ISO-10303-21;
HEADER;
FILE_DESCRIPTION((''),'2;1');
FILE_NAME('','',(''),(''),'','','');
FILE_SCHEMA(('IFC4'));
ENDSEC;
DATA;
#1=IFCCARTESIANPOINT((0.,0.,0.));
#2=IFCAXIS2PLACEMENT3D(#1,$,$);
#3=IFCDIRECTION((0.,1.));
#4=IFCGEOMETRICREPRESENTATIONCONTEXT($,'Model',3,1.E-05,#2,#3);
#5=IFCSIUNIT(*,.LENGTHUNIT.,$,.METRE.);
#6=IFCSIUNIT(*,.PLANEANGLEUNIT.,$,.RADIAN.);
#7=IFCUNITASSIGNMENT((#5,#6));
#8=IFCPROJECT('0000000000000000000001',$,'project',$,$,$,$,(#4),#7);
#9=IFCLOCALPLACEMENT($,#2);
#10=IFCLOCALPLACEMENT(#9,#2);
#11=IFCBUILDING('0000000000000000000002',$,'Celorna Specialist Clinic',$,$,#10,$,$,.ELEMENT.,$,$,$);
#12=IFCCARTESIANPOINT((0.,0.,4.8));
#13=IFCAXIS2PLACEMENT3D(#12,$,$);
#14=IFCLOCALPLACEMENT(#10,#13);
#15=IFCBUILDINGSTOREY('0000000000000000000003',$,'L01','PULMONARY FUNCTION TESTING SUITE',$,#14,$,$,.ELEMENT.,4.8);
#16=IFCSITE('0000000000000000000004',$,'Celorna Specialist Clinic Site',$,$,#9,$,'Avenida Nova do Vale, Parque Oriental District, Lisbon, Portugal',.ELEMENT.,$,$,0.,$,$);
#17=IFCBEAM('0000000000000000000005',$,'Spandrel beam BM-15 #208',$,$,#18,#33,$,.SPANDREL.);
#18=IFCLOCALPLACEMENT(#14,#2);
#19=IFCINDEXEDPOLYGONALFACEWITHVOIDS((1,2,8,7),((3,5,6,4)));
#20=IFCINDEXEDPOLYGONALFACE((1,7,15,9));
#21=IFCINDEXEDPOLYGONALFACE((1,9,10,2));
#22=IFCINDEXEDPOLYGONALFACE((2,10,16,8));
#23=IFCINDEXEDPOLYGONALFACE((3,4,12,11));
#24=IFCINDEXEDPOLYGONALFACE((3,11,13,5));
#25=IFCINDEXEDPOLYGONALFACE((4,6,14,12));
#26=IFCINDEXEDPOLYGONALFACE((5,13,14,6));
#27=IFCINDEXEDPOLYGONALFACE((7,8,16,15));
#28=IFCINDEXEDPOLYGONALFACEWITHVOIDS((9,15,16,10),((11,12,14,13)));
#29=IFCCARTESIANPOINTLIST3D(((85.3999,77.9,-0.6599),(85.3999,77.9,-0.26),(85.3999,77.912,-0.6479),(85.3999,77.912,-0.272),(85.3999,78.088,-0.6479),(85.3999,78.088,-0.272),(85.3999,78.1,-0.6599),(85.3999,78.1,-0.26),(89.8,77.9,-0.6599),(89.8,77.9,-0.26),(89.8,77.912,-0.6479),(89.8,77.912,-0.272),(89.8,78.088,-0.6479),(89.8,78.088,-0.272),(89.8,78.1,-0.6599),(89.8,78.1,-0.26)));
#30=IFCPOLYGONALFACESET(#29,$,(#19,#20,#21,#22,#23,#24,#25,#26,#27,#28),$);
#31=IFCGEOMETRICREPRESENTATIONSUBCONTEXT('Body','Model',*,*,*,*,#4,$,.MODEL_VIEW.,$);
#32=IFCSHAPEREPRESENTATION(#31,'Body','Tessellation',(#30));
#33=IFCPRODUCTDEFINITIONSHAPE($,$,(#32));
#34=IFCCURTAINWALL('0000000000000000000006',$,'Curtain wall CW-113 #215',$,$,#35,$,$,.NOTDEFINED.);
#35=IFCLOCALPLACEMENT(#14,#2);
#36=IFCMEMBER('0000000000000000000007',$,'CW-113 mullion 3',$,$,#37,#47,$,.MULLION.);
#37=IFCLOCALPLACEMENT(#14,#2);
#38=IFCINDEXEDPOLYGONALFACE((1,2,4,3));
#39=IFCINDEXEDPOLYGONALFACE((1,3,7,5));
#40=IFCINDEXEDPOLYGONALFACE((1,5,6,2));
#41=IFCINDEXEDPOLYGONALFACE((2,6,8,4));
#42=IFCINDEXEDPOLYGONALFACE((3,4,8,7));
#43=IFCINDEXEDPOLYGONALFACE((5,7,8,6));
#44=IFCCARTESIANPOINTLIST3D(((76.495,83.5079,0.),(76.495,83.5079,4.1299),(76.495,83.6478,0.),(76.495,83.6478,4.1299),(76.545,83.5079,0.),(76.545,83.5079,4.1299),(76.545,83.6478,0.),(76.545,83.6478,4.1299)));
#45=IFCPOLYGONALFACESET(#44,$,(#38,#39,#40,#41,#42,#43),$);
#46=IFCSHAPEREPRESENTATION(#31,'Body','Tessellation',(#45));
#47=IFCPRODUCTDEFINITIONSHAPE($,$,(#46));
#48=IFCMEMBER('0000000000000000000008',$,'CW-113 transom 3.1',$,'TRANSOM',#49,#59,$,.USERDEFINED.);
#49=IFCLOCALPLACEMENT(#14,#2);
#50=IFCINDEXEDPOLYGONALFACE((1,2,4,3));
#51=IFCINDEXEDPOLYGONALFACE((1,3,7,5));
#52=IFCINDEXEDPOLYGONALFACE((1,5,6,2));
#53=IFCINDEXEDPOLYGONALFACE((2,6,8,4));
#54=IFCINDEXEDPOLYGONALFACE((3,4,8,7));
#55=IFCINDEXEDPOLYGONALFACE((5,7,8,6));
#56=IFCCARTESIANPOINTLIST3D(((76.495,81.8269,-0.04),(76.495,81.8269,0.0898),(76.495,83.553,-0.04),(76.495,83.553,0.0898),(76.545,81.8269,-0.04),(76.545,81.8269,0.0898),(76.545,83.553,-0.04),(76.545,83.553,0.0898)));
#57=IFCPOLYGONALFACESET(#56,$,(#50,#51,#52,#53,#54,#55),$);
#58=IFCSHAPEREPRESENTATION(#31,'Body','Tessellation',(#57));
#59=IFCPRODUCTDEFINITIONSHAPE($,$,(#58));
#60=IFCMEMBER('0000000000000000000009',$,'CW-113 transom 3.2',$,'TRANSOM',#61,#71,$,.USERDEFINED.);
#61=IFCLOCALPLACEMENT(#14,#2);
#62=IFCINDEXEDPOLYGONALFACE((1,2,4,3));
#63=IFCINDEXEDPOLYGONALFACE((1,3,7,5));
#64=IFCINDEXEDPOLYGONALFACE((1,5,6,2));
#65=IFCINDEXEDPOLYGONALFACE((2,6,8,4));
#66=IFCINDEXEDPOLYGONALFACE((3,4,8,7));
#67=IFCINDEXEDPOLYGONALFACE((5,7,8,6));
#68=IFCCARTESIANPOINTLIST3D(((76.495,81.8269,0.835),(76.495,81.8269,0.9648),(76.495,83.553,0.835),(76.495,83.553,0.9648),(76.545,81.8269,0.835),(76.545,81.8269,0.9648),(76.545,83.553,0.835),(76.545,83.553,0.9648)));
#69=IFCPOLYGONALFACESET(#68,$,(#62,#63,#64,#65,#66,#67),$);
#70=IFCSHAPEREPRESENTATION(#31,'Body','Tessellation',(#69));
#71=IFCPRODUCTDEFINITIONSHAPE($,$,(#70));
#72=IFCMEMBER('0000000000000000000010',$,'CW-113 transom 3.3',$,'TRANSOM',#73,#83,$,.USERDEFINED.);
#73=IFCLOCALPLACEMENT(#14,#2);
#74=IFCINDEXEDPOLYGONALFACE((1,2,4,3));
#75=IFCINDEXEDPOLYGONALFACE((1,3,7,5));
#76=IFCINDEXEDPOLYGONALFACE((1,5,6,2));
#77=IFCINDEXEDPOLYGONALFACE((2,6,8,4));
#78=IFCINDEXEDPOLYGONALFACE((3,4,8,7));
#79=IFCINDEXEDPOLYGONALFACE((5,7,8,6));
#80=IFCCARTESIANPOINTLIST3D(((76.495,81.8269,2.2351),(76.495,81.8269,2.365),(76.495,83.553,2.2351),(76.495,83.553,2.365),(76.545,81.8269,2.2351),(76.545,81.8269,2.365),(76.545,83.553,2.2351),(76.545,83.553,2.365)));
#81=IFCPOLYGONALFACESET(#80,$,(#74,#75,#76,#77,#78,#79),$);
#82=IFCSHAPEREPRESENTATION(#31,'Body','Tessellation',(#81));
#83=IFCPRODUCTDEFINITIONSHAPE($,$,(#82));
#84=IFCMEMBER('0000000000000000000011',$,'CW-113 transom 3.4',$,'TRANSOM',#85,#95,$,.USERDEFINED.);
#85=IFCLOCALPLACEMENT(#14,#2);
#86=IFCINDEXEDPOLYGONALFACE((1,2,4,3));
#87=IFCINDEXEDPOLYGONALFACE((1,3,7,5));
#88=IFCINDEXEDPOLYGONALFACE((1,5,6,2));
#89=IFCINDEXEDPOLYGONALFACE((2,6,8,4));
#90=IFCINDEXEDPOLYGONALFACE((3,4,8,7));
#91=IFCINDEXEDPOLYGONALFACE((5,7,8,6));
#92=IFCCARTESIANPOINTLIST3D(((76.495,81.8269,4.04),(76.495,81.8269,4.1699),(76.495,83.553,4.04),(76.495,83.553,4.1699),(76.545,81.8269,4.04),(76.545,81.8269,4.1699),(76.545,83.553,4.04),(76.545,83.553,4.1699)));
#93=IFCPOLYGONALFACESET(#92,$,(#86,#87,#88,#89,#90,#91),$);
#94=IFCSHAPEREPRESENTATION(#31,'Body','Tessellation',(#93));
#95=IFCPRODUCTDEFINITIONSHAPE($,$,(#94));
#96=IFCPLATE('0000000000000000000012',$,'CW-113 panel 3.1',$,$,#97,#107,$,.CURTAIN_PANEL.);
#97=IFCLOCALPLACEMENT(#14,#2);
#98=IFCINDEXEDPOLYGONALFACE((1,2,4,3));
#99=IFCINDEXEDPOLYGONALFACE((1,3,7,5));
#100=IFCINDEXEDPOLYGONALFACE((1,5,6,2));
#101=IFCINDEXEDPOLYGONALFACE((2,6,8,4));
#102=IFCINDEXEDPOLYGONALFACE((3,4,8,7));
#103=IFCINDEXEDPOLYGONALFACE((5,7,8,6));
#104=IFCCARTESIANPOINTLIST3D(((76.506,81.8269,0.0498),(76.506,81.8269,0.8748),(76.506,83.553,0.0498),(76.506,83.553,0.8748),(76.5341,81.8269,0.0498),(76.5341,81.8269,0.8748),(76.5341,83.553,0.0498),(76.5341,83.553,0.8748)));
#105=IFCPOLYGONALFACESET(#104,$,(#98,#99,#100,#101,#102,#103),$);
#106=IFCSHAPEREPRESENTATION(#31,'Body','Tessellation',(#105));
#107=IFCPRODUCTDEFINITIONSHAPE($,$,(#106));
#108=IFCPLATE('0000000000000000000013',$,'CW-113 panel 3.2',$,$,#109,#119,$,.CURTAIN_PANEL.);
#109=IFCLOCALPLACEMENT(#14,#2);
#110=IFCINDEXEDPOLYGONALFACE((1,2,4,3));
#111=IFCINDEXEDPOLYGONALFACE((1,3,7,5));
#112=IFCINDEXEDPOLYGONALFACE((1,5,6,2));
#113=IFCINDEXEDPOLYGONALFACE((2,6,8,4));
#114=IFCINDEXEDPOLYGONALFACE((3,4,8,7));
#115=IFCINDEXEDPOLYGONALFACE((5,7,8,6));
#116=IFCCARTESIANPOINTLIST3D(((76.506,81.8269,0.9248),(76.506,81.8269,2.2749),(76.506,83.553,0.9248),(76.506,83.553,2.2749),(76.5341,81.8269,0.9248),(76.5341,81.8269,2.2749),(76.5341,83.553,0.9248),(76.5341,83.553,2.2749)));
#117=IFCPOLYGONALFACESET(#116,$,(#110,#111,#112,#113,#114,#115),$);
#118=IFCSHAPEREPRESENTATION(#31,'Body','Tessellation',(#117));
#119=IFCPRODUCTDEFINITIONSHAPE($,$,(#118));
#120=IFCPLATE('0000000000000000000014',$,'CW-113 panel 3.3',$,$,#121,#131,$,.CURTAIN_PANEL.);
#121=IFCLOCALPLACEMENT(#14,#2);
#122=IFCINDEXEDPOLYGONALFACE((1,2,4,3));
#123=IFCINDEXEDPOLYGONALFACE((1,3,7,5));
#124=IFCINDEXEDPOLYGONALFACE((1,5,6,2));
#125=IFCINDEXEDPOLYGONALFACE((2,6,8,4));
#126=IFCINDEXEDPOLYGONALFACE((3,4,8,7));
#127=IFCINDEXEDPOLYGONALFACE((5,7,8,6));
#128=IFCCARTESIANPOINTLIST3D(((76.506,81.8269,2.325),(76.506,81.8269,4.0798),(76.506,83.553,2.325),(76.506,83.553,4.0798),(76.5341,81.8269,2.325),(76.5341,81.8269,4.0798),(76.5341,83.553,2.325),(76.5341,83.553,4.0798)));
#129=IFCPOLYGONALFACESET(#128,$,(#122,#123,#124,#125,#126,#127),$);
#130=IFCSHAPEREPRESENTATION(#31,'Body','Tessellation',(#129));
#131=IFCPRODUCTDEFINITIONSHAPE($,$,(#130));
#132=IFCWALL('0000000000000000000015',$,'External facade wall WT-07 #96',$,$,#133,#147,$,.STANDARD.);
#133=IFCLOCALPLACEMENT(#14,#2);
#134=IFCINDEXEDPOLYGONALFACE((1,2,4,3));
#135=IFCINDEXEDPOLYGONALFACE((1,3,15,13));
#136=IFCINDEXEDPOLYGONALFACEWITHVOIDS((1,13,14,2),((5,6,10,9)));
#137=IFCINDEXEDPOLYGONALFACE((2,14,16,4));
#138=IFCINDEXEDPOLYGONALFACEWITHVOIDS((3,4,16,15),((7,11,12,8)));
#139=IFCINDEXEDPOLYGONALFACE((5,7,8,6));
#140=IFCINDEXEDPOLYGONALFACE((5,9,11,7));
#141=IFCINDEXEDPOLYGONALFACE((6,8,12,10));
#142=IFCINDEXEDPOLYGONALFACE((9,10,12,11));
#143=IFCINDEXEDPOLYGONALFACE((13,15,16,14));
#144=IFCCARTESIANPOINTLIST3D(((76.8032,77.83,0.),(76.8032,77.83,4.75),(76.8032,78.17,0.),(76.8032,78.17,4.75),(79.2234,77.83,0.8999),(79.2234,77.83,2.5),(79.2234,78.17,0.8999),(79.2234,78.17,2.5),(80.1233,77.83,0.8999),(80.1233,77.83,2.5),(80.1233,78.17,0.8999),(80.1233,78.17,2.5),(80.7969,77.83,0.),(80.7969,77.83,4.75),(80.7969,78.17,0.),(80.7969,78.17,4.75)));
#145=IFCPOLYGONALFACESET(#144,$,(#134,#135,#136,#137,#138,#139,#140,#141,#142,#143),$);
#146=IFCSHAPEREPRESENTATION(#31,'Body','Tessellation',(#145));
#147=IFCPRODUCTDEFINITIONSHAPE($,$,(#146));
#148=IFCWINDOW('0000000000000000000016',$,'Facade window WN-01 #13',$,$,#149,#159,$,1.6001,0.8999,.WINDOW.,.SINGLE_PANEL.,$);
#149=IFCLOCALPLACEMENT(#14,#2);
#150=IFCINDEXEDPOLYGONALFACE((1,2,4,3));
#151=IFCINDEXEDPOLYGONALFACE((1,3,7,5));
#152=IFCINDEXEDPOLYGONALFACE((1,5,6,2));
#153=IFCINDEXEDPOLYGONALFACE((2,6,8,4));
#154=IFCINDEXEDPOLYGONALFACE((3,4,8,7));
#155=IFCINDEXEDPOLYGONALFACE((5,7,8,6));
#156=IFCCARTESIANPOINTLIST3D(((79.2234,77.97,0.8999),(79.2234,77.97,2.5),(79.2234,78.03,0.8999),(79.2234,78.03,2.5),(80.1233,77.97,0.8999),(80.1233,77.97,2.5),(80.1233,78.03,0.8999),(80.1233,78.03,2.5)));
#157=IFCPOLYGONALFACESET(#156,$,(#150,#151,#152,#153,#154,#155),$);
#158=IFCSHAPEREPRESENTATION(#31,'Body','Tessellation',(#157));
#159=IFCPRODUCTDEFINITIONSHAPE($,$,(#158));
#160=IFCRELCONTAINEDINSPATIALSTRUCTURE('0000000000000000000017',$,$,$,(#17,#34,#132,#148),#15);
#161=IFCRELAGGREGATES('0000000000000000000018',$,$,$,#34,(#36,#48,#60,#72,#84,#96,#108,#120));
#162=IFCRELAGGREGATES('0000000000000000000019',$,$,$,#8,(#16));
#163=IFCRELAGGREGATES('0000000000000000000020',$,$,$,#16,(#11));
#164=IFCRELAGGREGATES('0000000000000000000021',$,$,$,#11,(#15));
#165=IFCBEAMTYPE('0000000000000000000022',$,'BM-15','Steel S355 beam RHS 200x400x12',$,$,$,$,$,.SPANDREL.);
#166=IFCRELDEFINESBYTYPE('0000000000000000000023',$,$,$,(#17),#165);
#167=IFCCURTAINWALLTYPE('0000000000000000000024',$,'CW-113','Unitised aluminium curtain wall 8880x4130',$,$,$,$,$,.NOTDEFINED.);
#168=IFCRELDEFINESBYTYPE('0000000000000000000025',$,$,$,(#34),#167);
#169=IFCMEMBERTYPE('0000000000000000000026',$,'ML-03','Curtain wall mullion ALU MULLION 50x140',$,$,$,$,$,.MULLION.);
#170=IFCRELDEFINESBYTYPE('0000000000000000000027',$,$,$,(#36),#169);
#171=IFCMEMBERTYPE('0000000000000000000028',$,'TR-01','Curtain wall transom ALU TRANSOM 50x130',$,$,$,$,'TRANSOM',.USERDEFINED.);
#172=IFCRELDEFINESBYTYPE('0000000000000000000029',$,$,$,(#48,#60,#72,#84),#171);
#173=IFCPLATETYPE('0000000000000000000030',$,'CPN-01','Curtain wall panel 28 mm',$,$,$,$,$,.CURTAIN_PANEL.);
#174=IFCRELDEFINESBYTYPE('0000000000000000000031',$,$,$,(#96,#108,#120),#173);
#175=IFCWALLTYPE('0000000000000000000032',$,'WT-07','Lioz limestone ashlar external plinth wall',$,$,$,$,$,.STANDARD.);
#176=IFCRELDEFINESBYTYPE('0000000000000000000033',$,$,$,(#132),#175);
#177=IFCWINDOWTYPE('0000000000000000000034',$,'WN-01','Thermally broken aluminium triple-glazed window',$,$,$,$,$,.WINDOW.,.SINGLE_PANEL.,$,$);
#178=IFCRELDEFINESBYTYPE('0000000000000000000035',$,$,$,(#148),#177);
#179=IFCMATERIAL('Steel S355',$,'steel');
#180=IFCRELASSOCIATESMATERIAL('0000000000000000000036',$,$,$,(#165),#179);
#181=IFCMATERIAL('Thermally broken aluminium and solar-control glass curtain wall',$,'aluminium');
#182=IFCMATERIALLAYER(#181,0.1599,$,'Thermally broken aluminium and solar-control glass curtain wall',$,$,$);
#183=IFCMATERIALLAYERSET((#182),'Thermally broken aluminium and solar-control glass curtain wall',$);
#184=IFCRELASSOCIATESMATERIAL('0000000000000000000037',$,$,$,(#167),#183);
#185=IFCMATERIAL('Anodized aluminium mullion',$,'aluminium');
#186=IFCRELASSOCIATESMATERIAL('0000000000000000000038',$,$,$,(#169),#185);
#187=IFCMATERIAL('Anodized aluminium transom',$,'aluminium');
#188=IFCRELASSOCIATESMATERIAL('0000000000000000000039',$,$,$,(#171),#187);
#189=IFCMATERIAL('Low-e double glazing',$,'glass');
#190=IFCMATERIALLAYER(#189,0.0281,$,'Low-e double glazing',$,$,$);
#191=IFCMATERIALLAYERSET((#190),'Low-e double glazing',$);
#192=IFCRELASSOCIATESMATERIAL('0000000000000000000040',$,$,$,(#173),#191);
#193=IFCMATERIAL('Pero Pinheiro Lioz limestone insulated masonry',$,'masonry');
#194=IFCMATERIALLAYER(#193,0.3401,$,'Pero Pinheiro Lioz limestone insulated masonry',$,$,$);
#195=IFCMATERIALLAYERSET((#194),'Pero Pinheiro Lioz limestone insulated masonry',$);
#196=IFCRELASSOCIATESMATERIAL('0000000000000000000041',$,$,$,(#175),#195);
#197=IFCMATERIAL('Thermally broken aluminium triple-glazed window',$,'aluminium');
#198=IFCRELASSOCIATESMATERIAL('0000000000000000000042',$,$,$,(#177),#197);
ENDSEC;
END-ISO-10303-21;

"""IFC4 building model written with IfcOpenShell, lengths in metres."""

from ifc_helpers import new_model, si_unit, direction, frame, frame_2d, origin, origin_2d, place, context, subcontext, project, spatial, rectangle, hollow_rectangle, extrude, material, layer, layer_set, material_profile, profile_set, type_object, element, fill, aggregate, save


model = new_model("IFC4")

# Units and contexts
model_context = context("Model", 3, precision=1e-05, world=origin(), true_north=direction((0.0, 1.0)))
body_context = subcontext(model_context, "Body", "Model", "MODEL_VIEW")
ifc_project = project(units=[si_unit("LENGTHUNIT", "METRE"), si_unit("PLANEANGLEUNIT", "RADIAN")], contexts=[model_context])

# Site, building, storey
site_placement = place(None, origin())
site = spatial("IfcSite", under=ifc_project, at=site_placement, Name="Celorna Specialist Clinic Site", LongName="Avenida Nova do Vale, Parque Oriental District, Lisbon, Portugal", CompositionType="ELEMENT", RefElevation=0.0)
building_placement = place(site_placement, origin())
building = spatial("IfcBuilding", under=site, at=building_placement, Name="Celorna Specialist Clinic", CompositionType="ELEMENT")
storey_placement = place(building_placement, frame((0.0, 0.0, 4.8)))
storey = spatial("IfcBuildingStorey", under=building, at=storey_placement, Name="L01", Description="PULMONARY FUNCTION TESTING SUITE", CompositionType="ELEMENT", Elevation=4.8)

# Shared definitions
ifc_material_1 = material(Name="Steel S355", Category="steel")

# Beam
ifc_material_profile_1 = material_profile(ifc_material_1, hollow_rectangle(XDim=0.2, YDim=0.3999, WallThickness=0.012, at=origin_2d()), Name="RHS 200x400x12")
ifc_profile_set_1 = profile_set([ifc_material_profile_1], Name="Steel S355")
beam_type = type_object("IfcBeamType", Name="BM-15", Description="Steel S355 beam RHS 200x400x12", PredefinedType="SPANDREL", material=ifc_profile_set_1)
beam_placement = place(storey_placement, frame((85.3999, 78.0, -0.46), z_axis=(1.0, 0.0, 0.0), x_axis=(0.0, 1.0, 0.0)))
element("IfcBeam", 1, at=beam_placement, inside=storey, type_object=beam_type, Name="Spandrel beam BM-15 #208", PredefinedType="SPANDREL", context=body_context, shape_type="SweptSolid", body=[
    extrude(hollow_rectangle(XDim=0.2, YDim=0.3999, WallThickness=0.012, at=origin_2d()), origin(), (0.0, 0.0, 1.0), 4.4001),
])

# Curtain wall, members, plates
ifc_material_2 = material(Name="Thermally broken aluminium and solar-control glass curtain wall", Category="aluminium")
ifc_layer_1 = layer(ifc_material_2, 0.1599, Name="Thermally broken aluminium and solar-control glass curtain wall")
ifc_layer_set_1 = layer_set([ifc_layer_1], Name="Thermally broken aluminium and solar-control glass curtain wall")
curtain_wall_type = type_object("IfcCurtainWallType", Name="CW-113", Description="Unitised aluminium curtain wall 8880x4130", PredefinedType="NOTDEFINED", material=ifc_layer_set_1)
curtain_wall_placement = place(storey_placement, origin())
curtain_wall = element("IfcCurtainWall", 2, at=curtain_wall_placement, inside=storey, type_object=curtain_wall_type, Name="Curtain wall CW-113 #215", PredefinedType="NOTDEFINED")
ifc_material_3 = material(Name="Anodized aluminium mullion", Category="aluminium")
ifc_material_profile_2 = material_profile(ifc_material_3, rectangle(XDim=0.05, YDim=0.1399, at=origin_2d()), Name="ALU MULLION 50x140")
ifc_profile_set_2 = profile_set([ifc_material_profile_2], Name="Anodized aluminium mullion")
member_type_1 = type_object("IfcMemberType", Name="ML-03", Description="Curtain wall mullion ALU MULLION 50x140", PredefinedType="MULLION", material=ifc_profile_set_2)
member_1_placement = place(storey_placement, frame((76.52, 83.5779, 0.0), z_axis=(0.0, 0.0, 1.0), x_axis=(1.0, 0.0, 0.0)))
member_1 = element("IfcMember", 3, at=member_1_placement, type_object=member_type_1, Name="CW-113 mullion 3", PredefinedType="MULLION", context=body_context, shape_type="SweptSolid", body=[
    extrude(rectangle(XDim=0.05, YDim=0.1399, at=origin_2d()), origin(), (0.0, 0.0, 1.0), 4.1299),
])
ifc_material_4 = material(Name="Anodized aluminium transom", Category="aluminium")
ifc_material_profile_3 = material_profile(ifc_material_4, rectangle(XDim=0.05, YDim=0.1299, at=origin_2d()), Name="ALU TRANSOM 50x130")
ifc_profile_set_3 = profile_set([ifc_material_profile_3], Name="Anodized aluminium transom")
member_type_2 = type_object("IfcMemberType", Name="TR-01", Description="Curtain wall transom ALU TRANSOM 50x130", ElementType="TRANSOM", PredefinedType="USERDEFINED", material=ifc_profile_set_3)
member_2_placement = place(storey_placement, frame((76.52, 83.553, 0.0249), z_axis=(0.0, -1.0, 0.0), x_axis=(1.0, 0.0, 0.0)))
member_2 = element("IfcMember", 4, at=member_2_placement, type_object=member_type_2, Name="CW-113 transom 3.1", ObjectType="TRANSOM", PredefinedType="USERDEFINED", context=body_context, shape_type="SweptSolid", body=[
    extrude(rectangle(XDim=0.05, YDim=0.1299, at=origin_2d()), origin(), (0.0, 0.0, 1.0), 1.7261),
])
member_3_placement = place(storey_placement, frame((76.52, 83.553, 0.8999), z_axis=(0.0, -1.0, 0.0), x_axis=(1.0, 0.0, 0.0)))
member_3 = element("IfcMember", 5, at=member_3_placement, type_object=member_type_2, Name="CW-113 transom 3.2", ObjectType="TRANSOM", PredefinedType="USERDEFINED", context=body_context, shape_type="SweptSolid", body=[
    extrude(rectangle(XDim=0.05, YDim=0.1299, at=origin_2d()), origin(), (0.0, 0.0, 1.0), 1.7261),
])
member_4_placement = place(storey_placement, frame((76.52, 83.553, 2.3), z_axis=(0.0, -1.0, 0.0), x_axis=(1.0, 0.0, 0.0)))
member_4 = element("IfcMember", 6, at=member_4_placement, type_object=member_type_2, Name="CW-113 transom 3.3", ObjectType="TRANSOM", PredefinedType="USERDEFINED", context=body_context, shape_type="SweptSolid", body=[
    extrude(rectangle(XDim=0.05, YDim=0.1299, at=origin_2d()), origin(), (0.0, 0.0, 1.0), 1.7261),
])
member_5_placement = place(storey_placement, frame((76.52, 83.553, 4.105), z_axis=(0.0, -1.0, 0.0), x_axis=(1.0, 0.0, 0.0)))
member_5 = element("IfcMember", 7, at=member_5_placement, type_object=member_type_2, Name="CW-113 transom 3.4", ObjectType="TRANSOM", PredefinedType="USERDEFINED", context=body_context, shape_type="SweptSolid", body=[
    extrude(rectangle(XDim=0.05, YDim=0.1299, at=origin_2d()), origin(), (0.0, 0.0, 1.0), 1.7261),
])
ifc_material_5 = material(Name="Low-e double glazing", Category="glass")
ifc_layer_2 = layer(ifc_material_5, 0.0281, Name="Low-e double glazing")
ifc_layer_set_2 = layer_set([ifc_layer_2], Name="Low-e double glazing")
plate_type = type_object("IfcPlateType", Name="CPN-01", Description="Curtain wall panel 28 mm", PredefinedType="CURTAIN_PANEL", material=ifc_layer_set_2)
plate_1_placement = place(storey_placement, frame((76.52, 82.6899, 0.0498), z_axis=(0.0, 0.0, 1.0), x_axis=(0.0, -1.0, 0.0)))
plate_1 = element("IfcPlate", 8, at=plate_1_placement, type_object=plate_type, Name="CW-113 panel 3.1", PredefinedType="CURTAIN_PANEL", context=body_context, shape_type="SweptSolid", body=[
    extrude(rectangle(XDim=1.7261, YDim=0.0281, at=origin_2d()), origin(), (0.0, 0.0, 1.0), 0.825),
])
plate_2_placement = place(storey_placement, frame((76.52, 82.6899, 0.9248), z_axis=(0.0, 0.0, 1.0), x_axis=(0.0, -1.0, 0.0)))
plate_2 = element("IfcPlate", 9, at=plate_2_placement, type_object=plate_type, Name="CW-113 panel 3.2", PredefinedType="CURTAIN_PANEL", context=body_context, shape_type="SweptSolid", body=[
    extrude(rectangle(XDim=1.7261, YDim=0.0281, at=origin_2d()), origin(), (0.0, 0.0, 1.0), 1.3501),
])
plate_3_placement = place(storey_placement, frame((76.52, 82.6899, 2.325), z_axis=(0.0, 0.0, 1.0), x_axis=(0.0, -1.0, 0.0)))
plate_3 = element("IfcPlate", 10, at=plate_3_placement, type_object=plate_type, Name="CW-113 panel 3.3", PredefinedType="CURTAIN_PANEL", context=body_context, shape_type="SweptSolid", body=[
    extrude(rectangle(XDim=1.7261, YDim=0.0281, at=origin_2d()), origin(), (0.0, 0.0, 1.0), 1.7549),
])
aggregate(curtain_wall, [member_1, member_2, member_3, member_4, member_5, plate_1, plate_2, plate_3])

# Wall, opening, window
ifc_material_6 = material(Name="Pero Pinheiro Lioz limestone insulated masonry", Category="masonry")
ifc_layer_3 = layer(ifc_material_6, 0.3401, Name="Pero Pinheiro Lioz limestone insulated masonry")
ifc_layer_set_3 = layer_set([ifc_layer_3], Name="Pero Pinheiro Lioz limestone insulated masonry")
wall_type_1 = type_object("IfcWallType", Name="WT-07", Description="Lioz limestone ashlar external plinth wall", PredefinedType="STANDARD", material=ifc_layer_set_3)
wall_1_placement = place(storey_placement, frame((76.8032, 78.0, 0.0), z_axis=(0.0, 0.0, 1.0), x_axis=(1.0, 0.0, 0.0)))
wall_1 = element("IfcWall", 11, at=wall_1_placement, inside=storey, type_object=wall_type_1, Name="External facade wall WT-07 #96", PredefinedType="STANDARD", context=body_context, shape_type="SweptSolid", body=[
    extrude(rectangle(XDim=3.9937, YDim=0.3401, at=frame_2d((1.9968, 0.0))), origin(), (0.0, 0.0, 1.0), 4.75),
])
opening_1_placement = place(wall_1_placement, frame((2.4202, 0.0, 0.8999)))
opening_1 = element("IfcOpeningElement", 12, at=opening_1_placement, cuts=wall_1, PredefinedType="OPENING", context=body_context, shape_type="SweptSolid", body=[
    extrude(rectangle(XDim=0.8999, YDim=1.6001, at=frame_2d((0.45, 0.8))), frame((0.0, 0.1799, 0.0), z_axis=(0.0, -1.0, 0.0), x_axis=(1.0, 0.0, 0.0)), (0.0, 0.0, 1.0), 0.3601),
])
ifc_material_7 = material(Name="Thermally broken aluminium triple-glazed window", Category="aluminium")
window_type = type_object("IfcWindowType", Name="WN-01", Description="Thermally broken aluminium triple-glazed window", PartitioningType="SINGLE_PANEL", PredefinedType="WINDOW", material=ifc_material_7)
window_1_placement = place(opening_1_placement, origin())
window_1 = element("IfcWindow", 13, at=window_1_placement, inside=storey, type_object=window_type, Name="Facade window WN-01 #13", OverallHeight=1.6001, OverallWidth=0.8999, PartitioningType="SINGLE_PANEL", PredefinedType="WINDOW", context=body_context, shape_type="SweptSolid", body=[
    extrude(rectangle(XDim=0.8999, YDim=1.6001, at=frame_2d((0.45, 0.8))), frame((0.0, 0.03, 0.0), z_axis=(0.0, -1.0, 0.0), x_axis=(1.0, 0.0, 0.0)), (0.0, 0.0, 1.0), 0.0601),
])
fill(opening_1, window_1)

save(model, "model.ifc")
